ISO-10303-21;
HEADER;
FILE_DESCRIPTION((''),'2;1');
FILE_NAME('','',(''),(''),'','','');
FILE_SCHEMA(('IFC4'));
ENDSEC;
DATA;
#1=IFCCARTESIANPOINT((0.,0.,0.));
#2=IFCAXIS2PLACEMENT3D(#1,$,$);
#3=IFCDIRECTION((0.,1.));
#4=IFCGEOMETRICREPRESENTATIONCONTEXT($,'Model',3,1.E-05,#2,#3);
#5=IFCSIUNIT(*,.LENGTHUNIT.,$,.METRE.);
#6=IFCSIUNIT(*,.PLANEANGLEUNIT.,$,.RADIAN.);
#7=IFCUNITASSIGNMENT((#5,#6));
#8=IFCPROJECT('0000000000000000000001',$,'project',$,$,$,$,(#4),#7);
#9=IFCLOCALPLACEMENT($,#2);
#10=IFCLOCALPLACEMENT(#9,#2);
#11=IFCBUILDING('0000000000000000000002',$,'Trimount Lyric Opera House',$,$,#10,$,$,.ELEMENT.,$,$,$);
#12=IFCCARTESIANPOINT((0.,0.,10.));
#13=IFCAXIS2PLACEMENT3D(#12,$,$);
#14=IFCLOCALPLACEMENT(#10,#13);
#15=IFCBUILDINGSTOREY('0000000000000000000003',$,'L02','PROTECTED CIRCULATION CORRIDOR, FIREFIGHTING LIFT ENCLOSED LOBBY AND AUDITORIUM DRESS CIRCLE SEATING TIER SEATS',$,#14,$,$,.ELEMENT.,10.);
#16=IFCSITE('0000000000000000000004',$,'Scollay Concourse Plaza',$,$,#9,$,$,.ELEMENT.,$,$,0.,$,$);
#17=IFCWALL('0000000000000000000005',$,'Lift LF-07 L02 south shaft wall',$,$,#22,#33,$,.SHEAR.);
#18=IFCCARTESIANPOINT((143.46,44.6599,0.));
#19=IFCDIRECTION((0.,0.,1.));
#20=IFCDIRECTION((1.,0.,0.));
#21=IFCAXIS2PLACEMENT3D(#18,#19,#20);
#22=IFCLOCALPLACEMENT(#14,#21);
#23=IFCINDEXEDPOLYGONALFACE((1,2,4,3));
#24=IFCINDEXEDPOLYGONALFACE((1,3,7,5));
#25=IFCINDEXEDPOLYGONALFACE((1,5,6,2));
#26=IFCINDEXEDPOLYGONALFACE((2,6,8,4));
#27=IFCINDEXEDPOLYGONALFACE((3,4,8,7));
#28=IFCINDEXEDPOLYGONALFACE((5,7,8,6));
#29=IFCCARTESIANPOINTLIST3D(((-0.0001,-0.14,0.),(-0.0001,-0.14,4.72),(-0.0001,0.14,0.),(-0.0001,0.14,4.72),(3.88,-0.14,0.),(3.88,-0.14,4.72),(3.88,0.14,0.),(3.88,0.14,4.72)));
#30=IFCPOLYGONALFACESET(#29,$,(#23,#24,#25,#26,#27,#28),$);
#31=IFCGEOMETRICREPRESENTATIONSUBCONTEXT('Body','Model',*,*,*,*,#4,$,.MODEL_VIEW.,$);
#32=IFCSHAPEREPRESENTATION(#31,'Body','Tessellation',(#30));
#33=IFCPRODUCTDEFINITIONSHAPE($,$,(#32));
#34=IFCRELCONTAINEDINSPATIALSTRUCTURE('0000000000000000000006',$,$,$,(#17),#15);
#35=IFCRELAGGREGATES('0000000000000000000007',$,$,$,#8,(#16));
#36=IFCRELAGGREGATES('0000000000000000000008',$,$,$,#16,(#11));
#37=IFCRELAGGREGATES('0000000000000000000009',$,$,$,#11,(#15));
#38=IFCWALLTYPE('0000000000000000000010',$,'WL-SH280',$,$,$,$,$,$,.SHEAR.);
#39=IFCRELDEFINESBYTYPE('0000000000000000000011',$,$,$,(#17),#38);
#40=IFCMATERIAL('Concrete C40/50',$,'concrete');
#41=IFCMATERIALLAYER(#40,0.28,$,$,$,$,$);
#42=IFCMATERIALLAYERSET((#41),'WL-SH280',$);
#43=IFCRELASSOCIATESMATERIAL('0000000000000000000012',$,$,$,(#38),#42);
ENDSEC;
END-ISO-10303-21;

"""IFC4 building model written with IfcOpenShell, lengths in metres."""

from ifc_helpers import new_model, si_unit, direction, frame, frame_2d, origin, place, context, subcontext, project, spatial, rectangle, extrude, material, layer, layer_set, type_object, element, save


model = new_model("IFC4")

# Units and contexts
model_context = context("Model", 3, precision=1e-05, world=origin(), true_north=direction((0.0, 1.0)))
body_context = subcontext(model_context, "Body", "Model", "MODEL_VIEW")
ifc_project = project(units=[si_unit("LENGTHUNIT", "METRE"), si_unit("PLANEANGLEUNIT", "RADIAN")], contexts=[model_context])

# Site, building, storey
site_placement = place(None, origin())
site = spatial("IfcSite", under=ifc_project, at=site_placement, Name="Scollay Concourse Plaza", CompositionType="ELEMENT", RefElevation=0.0)
building_placement = place(site_placement, origin())
building = spatial("IfcBuilding", under=site, at=building_placement, Name="Trimount Lyric Opera House", CompositionType="ELEMENT")
storey_placement = place(building_placement, frame((0.0, 0.0, 10.0)))
storey = spatial("IfcBuildingStorey", under=building, at=storey_placement, Name="L02", Description="PROTECTED CIRCULATION CORRIDOR, FIREFIGHTING LIFT ENCLOSED LOBBY AND AUDITORIUM DRESS CIRCLE SEATING TIER SEATS", CompositionType="ELEMENT", Elevation=10.0)

# Wall
ifc_material_1 = material(Name="Concrete C40/50", Category="concrete")
ifc_layer_1 = layer(ifc_material_1, 0.28)
ifc_layer_set_1 = layer_set([ifc_layer_1], Name="WL-SH280")
wall_type_1 = type_object("IfcWallType", Name="WL-SH280", PredefinedType="SHEAR", material=ifc_layer_set_1)
for number, where, z_axis, x_axis, name in (
    (1, (143.46, 44.6599, 0.0), (0.0, 0.0, 1.0), (1.0, 0.0, 0.0), "Lift LF-07 L02 south shaft wall"),
):
    element("IfcWall", number, at=place(storey_placement, frame(where, z_axis=z_axis, x_axis=x_axis)), inside=storey, type_object=wall_type_1, Name=name, PredefinedType="SHEAR", context=body_context, shape_type="SweptSolid", body=[
        extrude(rectangle(XDim=3.8801, YDim=0.28, at=frame_2d((1.9399, 0.0))), origin(), (0.0, 0.0, 1.0), 4.72),
    ])

save(model, "model.ifc")
